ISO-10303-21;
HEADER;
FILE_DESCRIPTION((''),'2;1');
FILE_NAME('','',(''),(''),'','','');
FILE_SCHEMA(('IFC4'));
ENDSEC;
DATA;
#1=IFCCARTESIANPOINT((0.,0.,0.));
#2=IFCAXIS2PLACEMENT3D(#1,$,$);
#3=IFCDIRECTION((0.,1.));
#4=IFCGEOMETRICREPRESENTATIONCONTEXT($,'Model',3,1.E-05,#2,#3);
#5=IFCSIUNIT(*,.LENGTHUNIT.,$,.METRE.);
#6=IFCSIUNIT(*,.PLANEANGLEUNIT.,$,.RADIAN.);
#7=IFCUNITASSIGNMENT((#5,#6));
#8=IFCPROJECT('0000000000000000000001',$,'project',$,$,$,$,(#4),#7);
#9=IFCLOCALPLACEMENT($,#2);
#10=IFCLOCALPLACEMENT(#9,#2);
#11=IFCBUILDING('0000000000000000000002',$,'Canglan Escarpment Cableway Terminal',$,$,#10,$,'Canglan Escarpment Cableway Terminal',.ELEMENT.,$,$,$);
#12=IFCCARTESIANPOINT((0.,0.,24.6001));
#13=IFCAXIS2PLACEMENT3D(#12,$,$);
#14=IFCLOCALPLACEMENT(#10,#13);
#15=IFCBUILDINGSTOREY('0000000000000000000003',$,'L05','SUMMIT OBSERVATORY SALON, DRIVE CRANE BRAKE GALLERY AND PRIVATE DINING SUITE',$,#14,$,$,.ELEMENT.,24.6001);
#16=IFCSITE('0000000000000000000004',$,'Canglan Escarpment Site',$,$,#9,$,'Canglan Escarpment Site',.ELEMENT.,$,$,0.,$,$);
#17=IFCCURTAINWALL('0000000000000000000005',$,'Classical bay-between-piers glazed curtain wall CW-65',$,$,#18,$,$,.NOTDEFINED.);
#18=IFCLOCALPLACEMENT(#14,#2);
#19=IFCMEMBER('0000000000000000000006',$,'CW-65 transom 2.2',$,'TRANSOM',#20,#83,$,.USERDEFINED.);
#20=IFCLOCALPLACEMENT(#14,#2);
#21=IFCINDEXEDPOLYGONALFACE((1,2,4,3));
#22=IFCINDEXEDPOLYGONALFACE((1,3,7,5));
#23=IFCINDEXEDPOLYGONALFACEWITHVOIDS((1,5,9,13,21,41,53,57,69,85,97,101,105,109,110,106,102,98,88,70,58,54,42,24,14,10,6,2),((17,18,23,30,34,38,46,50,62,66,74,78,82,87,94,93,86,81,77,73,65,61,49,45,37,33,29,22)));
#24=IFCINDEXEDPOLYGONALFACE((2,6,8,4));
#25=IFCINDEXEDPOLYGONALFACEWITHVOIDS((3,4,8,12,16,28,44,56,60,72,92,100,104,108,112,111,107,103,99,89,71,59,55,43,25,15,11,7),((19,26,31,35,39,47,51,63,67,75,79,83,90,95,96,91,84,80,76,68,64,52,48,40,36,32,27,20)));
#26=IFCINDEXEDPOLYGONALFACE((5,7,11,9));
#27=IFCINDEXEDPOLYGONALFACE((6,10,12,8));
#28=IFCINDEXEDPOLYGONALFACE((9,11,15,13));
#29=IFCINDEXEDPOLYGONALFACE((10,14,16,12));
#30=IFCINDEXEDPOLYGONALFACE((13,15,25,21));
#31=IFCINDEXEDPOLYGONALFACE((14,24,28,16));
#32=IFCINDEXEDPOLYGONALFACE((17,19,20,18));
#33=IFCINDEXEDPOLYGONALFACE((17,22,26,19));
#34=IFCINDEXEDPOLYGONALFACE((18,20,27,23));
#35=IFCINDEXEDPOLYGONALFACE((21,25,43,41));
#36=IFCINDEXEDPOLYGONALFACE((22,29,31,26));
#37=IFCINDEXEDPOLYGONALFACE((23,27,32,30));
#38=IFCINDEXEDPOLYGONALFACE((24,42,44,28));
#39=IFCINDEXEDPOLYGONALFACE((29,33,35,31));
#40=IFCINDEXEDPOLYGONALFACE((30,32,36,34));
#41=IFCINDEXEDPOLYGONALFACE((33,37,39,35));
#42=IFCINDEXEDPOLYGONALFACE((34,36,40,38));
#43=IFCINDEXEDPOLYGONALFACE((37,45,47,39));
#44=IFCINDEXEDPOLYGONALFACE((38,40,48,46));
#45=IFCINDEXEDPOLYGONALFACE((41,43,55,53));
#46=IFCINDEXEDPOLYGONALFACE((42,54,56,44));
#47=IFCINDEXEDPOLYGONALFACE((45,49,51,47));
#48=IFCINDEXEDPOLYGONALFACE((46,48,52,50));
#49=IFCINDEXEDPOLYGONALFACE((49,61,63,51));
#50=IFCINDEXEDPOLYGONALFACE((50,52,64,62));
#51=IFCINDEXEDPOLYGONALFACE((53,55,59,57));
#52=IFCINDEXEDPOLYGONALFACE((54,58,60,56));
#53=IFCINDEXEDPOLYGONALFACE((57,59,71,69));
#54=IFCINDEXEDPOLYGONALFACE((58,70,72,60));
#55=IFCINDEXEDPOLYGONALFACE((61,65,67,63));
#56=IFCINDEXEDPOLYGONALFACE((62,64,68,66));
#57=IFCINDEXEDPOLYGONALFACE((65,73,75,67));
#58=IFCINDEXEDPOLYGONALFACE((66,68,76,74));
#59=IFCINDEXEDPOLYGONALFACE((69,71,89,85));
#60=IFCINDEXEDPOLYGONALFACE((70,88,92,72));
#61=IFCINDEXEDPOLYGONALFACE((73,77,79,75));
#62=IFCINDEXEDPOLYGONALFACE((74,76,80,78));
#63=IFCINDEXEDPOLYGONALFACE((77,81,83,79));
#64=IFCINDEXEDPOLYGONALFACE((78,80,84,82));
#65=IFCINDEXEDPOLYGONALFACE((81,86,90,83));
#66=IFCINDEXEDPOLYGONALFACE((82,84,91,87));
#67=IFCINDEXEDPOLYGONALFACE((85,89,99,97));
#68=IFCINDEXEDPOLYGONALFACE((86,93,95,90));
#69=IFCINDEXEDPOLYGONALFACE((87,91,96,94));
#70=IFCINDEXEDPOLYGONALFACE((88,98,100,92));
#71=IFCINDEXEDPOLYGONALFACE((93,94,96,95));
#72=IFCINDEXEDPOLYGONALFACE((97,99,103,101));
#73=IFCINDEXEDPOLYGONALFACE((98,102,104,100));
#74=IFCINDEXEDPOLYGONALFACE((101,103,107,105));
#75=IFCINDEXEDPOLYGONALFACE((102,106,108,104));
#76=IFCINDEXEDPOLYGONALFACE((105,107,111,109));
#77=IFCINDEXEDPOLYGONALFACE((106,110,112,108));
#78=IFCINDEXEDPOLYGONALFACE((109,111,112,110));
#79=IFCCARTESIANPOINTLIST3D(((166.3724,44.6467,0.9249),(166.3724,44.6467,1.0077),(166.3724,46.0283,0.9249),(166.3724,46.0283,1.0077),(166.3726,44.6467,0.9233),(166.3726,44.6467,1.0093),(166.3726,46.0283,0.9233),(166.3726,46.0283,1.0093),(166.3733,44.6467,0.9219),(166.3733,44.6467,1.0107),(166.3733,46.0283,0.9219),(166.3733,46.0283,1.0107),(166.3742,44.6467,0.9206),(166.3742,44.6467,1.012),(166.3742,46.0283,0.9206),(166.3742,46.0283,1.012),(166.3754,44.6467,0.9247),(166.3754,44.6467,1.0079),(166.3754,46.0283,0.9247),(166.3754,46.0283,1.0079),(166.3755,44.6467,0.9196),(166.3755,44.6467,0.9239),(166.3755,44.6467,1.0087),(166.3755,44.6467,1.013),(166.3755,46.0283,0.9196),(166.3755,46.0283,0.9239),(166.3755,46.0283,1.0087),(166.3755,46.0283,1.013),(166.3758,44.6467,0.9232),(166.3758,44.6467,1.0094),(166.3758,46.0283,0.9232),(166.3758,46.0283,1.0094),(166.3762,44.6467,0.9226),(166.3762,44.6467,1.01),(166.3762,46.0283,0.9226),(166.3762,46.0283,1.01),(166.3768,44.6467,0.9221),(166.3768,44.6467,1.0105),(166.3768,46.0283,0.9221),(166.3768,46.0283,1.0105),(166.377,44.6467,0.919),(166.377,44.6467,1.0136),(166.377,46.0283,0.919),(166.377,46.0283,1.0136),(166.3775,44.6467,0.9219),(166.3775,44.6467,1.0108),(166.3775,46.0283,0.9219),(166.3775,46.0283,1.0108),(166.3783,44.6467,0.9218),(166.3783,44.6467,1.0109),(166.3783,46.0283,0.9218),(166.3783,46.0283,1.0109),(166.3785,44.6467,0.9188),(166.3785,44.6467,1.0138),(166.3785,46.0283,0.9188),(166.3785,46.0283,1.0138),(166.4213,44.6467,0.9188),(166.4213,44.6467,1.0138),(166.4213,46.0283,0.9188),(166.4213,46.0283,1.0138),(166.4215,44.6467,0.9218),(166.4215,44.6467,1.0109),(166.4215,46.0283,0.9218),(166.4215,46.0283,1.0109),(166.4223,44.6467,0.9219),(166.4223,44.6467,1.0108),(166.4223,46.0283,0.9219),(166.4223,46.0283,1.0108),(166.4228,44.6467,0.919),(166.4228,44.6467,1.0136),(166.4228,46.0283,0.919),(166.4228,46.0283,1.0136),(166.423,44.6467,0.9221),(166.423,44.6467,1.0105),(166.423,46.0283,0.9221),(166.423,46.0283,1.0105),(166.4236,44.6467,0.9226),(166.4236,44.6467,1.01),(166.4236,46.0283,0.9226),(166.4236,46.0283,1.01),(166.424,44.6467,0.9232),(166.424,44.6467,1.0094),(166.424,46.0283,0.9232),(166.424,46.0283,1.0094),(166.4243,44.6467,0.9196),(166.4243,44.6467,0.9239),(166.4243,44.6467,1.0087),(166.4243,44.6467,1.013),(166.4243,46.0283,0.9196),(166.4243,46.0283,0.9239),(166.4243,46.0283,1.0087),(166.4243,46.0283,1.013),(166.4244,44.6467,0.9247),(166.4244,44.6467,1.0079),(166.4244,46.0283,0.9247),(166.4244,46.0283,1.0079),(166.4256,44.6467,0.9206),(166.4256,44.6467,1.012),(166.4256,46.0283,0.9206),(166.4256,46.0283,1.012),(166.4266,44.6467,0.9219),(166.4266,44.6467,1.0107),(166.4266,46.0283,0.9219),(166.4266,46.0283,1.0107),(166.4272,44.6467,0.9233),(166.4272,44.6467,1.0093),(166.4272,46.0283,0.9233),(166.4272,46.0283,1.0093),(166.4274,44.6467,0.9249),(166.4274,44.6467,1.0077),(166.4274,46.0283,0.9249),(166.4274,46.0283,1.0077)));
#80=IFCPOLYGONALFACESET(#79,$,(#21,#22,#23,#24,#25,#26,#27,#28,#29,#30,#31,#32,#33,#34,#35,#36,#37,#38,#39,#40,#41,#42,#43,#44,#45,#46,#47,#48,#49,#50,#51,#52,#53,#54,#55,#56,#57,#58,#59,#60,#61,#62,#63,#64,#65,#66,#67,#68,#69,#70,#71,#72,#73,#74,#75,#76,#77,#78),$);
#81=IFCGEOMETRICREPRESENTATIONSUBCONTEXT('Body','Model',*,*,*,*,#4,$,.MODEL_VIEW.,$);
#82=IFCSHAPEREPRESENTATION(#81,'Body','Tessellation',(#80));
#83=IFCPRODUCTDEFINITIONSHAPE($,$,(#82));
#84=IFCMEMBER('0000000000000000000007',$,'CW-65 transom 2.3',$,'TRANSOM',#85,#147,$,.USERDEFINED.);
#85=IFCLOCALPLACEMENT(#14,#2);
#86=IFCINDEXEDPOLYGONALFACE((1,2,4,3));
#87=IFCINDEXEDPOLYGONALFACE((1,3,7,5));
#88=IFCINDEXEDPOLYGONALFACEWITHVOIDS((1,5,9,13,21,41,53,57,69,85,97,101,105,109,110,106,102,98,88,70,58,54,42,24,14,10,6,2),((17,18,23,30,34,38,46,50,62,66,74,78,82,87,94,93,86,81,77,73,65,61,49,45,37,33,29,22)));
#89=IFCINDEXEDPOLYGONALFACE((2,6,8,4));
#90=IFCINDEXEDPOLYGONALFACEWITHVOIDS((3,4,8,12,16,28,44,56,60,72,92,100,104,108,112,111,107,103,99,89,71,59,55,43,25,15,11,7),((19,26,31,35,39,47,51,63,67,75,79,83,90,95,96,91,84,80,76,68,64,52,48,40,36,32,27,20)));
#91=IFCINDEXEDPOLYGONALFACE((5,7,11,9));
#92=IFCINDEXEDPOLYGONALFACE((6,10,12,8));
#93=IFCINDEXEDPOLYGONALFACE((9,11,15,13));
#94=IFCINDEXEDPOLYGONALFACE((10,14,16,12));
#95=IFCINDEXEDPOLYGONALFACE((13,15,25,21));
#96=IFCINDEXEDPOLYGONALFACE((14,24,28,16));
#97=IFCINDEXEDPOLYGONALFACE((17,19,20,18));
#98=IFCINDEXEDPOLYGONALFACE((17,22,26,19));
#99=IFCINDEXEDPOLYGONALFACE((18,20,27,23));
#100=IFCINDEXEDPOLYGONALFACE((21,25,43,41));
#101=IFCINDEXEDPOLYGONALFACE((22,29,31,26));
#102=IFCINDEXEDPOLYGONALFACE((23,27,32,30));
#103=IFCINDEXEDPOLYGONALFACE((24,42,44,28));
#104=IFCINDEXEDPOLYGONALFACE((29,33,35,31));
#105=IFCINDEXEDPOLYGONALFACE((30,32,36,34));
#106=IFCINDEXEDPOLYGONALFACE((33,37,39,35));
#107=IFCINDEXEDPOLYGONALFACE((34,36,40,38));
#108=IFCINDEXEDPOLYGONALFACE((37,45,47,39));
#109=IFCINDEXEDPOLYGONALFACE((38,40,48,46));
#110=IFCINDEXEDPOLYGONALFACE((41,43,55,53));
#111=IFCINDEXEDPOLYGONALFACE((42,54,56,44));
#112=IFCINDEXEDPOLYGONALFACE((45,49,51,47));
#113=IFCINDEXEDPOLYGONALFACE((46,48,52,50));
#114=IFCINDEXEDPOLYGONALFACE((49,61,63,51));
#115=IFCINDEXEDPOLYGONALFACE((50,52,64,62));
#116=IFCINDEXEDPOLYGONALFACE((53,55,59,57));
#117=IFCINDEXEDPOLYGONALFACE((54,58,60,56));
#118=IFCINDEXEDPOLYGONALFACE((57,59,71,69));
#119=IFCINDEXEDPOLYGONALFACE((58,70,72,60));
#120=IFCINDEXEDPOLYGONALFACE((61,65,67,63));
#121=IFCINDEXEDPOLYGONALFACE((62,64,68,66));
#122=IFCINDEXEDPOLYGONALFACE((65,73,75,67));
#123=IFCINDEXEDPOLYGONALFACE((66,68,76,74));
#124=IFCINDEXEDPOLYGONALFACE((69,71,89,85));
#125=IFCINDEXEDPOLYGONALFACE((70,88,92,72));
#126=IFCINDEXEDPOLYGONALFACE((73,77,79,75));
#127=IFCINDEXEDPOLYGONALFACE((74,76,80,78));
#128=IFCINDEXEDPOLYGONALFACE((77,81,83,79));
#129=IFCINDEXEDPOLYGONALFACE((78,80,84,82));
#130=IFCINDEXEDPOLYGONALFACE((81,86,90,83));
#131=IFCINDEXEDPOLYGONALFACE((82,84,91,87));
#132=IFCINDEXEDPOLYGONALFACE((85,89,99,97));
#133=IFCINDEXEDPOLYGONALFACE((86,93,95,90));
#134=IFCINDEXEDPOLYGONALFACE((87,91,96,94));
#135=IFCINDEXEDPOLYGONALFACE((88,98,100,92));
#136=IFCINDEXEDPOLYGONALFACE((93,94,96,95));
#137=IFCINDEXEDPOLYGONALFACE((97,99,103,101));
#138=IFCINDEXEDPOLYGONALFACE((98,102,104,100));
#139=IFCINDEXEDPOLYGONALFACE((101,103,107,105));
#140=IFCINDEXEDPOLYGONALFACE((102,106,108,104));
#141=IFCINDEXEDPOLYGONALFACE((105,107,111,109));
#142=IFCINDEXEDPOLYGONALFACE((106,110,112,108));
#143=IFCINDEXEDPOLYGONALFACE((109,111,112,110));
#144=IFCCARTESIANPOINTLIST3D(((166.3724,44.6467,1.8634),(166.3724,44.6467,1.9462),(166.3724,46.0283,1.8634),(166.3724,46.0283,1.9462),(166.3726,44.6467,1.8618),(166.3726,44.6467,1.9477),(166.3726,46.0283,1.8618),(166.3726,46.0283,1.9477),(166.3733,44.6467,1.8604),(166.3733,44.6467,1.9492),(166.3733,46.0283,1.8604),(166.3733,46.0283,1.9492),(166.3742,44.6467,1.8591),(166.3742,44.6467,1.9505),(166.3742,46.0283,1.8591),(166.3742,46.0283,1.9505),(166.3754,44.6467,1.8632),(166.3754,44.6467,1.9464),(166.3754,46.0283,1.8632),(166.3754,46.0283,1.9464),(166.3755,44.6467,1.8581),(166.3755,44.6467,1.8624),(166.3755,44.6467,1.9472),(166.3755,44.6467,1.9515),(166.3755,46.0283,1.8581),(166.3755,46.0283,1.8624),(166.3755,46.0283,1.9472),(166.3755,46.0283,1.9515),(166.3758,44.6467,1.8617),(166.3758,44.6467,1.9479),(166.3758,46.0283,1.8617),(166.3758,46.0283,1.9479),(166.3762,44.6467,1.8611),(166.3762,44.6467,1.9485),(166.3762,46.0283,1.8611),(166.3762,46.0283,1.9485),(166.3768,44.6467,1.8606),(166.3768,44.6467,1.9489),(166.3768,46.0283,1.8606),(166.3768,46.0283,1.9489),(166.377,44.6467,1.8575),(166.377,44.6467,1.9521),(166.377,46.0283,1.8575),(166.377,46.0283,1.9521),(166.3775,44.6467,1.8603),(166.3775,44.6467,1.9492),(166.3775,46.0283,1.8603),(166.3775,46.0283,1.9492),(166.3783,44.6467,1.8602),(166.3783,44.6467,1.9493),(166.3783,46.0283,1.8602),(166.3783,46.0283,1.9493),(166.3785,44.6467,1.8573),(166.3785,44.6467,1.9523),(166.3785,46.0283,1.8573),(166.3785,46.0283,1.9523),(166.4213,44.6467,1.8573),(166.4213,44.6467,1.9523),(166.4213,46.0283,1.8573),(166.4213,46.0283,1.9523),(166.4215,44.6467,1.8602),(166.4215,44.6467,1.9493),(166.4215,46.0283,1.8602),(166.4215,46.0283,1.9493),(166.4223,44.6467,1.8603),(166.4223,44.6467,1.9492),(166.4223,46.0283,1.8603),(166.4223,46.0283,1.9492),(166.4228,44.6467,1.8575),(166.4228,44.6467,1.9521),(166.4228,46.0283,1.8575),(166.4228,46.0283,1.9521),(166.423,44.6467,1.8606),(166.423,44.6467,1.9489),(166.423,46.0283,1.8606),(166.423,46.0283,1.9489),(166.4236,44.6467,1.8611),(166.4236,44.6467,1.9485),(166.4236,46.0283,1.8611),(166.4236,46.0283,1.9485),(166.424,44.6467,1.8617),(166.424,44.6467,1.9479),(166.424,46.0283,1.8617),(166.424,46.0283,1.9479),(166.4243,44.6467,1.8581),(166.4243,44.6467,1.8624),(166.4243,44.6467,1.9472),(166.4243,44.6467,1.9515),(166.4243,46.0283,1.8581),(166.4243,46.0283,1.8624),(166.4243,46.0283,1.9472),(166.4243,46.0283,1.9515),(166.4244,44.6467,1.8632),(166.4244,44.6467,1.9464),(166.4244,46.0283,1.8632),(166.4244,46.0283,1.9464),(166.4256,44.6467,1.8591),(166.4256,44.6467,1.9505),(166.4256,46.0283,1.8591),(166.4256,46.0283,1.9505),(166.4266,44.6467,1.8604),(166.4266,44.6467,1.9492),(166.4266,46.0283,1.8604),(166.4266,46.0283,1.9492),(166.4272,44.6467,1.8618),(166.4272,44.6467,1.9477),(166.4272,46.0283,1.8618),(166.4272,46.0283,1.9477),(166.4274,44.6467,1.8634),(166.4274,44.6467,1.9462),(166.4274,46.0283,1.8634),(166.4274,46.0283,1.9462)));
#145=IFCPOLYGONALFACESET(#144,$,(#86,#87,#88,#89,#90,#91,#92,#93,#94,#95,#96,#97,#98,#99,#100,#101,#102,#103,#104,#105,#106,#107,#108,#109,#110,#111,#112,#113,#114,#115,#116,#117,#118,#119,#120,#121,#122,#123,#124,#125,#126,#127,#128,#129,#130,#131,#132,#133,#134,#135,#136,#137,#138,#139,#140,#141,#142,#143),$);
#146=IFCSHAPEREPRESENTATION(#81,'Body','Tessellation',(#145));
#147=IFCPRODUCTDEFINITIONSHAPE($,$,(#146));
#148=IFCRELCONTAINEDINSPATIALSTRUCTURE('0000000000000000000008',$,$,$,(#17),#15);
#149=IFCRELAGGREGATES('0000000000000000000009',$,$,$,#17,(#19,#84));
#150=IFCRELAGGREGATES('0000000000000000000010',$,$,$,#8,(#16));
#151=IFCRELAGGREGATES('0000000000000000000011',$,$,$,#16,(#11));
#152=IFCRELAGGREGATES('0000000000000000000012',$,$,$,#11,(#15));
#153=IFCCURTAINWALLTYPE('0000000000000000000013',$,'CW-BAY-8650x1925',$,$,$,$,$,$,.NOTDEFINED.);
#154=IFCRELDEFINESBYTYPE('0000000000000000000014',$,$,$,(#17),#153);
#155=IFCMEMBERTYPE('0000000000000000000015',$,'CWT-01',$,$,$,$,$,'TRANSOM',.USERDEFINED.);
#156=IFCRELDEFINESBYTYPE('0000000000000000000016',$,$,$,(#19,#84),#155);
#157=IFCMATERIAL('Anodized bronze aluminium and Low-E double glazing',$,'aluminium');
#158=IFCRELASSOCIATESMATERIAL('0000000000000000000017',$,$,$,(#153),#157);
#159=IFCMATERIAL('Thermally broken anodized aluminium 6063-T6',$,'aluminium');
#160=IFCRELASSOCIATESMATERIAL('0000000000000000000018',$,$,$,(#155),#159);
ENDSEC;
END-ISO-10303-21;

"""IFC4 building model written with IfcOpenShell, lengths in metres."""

from ifc_helpers import new_model, si_unit, direction, frame, origin, origin_2d, place, context, subcontext, project, spatial, hollow_rectangle, extrude, material, material_profile, profile_set, type_object, element, aggregate, save


model = new_model("IFC4")

# Units and contexts
model_context = context("Model", 3, precision=1e-05, world=origin(), true_north=direction((0.0, 1.0)))
body_context = subcontext(model_context, "Body", "Model", "MODEL_VIEW")
ifc_project = project(units=[si_unit("LENGTHUNIT", "METRE"), si_unit("PLANEANGLEUNIT", "RADIAN")], contexts=[model_context])

# Site, building, storey
site_placement = place(None, origin())
site = spatial("IfcSite", under=ifc_project, at=site_placement, Name="Canglan Escarpment Site", LongName="Canglan Escarpment Site", CompositionType="ELEMENT", RefElevation=0.0)
building_placement = place(site_placement, origin())
building = spatial("IfcBuilding", under=site, at=building_placement, Name="Canglan Escarpment Cableway Terminal", LongName="Canglan Escarpment Cableway Terminal", CompositionType="ELEMENT")
storey_placement = place(building_placement, frame((0.0, 0.0, 24.6001)))
storey = spatial("IfcBuildingStorey", under=building, at=storey_placement, Name="L05", Description="SUMMIT OBSERVATORY SALON, DRIVE CRANE BRAKE GALLERY AND PRIVATE DINING SUITE", CompositionType="ELEMENT", Elevation=24.6001)

# Curtain wall, members
ifc_material_1 = material(Name="Anodized bronze aluminium and Low-E double glazing", Category="aluminium")
curtain_wall_type = type_object("IfcCurtainWallType", Name="CW-BAY-8650x1925", PredefinedType="NOTDEFINED", material=ifc_material_1)
curtain_wall_placement = place(storey_placement, origin())
curtain_wall = element("IfcCurtainWall", 1, at=curtain_wall_placement, inside=storey, type_object=curtain_wall_type, Name="Classical bay-between-piers glazed curtain wall CW-65", PredefinedType="NOTDEFINED")
ifc_material_2 = material(Name="Thermally broken anodized aluminium 6063-T6", Category="aluminium")
ifc_material_profile_1 = material_profile(ifc_material_2, hollow_rectangle(XDim=0.0549, YDim=0.095, WallThickness=0.0029, InnerFilletRadius=0.0029, OuterFilletRadius=0.0061, at=origin_2d()), Name="ALU-TRAN 55x95x3")
ifc_profile_set_1 = profile_set([ifc_material_profile_1], Name="Thermally broken anodized aluminium 6063-T6")
member_type_1 = type_object("IfcMemberType", Name="CWT-01", ElementType="TRANSOM", PredefinedType="USERDEFINED", material=ifc_profile_set_1)
member_1_placement = place(storey_placement, frame((166.3999, 44.6467, 0.9663), z_axis=(0.0, 1.0, 0.0), x_axis=(-1.0, 0.0, 0.0)))
member_1 = element("IfcMember", 2, at=member_1_placement, type_object=member_type_1, Name="CW-65 transom 2.2", ObjectType="TRANSOM", PredefinedType="USERDEFINED", context=body_context, shape_type="SweptSolid", body=[
    extrude(hollow_rectangle(XDim=0.0549, YDim=0.095, WallThickness=0.0029, InnerFilletRadius=0.0029, OuterFilletRadius=0.0061, at=origin_2d()), origin(), (0.0, 0.0, 1.0), 1.3816),
])
member_2_placement = place(storey_placement, frame((166.3999, 44.6467, 1.9048), z_axis=(0.0, 1.0, 0.0), x_axis=(-1.0, 0.0, 0.0)))
member_2 = element("IfcMember", 3, at=member_2_placement, type_object=member_type_1, Name="CW-65 transom 2.3", ObjectType="TRANSOM", PredefinedType="USERDEFINED", context=body_context, shape_type="SweptSolid", body=[
    extrude(hollow_rectangle(XDim=0.0549, YDim=0.095, WallThickness=0.0029, InnerFilletRadius=0.0029, OuterFilletRadius=0.0061, at=origin_2d()), origin(), (0.0, 0.0, 1.0), 1.3816),
])

aggregate(curtain_wall, [member_1, member_2])

save(model, "model.ifc")
